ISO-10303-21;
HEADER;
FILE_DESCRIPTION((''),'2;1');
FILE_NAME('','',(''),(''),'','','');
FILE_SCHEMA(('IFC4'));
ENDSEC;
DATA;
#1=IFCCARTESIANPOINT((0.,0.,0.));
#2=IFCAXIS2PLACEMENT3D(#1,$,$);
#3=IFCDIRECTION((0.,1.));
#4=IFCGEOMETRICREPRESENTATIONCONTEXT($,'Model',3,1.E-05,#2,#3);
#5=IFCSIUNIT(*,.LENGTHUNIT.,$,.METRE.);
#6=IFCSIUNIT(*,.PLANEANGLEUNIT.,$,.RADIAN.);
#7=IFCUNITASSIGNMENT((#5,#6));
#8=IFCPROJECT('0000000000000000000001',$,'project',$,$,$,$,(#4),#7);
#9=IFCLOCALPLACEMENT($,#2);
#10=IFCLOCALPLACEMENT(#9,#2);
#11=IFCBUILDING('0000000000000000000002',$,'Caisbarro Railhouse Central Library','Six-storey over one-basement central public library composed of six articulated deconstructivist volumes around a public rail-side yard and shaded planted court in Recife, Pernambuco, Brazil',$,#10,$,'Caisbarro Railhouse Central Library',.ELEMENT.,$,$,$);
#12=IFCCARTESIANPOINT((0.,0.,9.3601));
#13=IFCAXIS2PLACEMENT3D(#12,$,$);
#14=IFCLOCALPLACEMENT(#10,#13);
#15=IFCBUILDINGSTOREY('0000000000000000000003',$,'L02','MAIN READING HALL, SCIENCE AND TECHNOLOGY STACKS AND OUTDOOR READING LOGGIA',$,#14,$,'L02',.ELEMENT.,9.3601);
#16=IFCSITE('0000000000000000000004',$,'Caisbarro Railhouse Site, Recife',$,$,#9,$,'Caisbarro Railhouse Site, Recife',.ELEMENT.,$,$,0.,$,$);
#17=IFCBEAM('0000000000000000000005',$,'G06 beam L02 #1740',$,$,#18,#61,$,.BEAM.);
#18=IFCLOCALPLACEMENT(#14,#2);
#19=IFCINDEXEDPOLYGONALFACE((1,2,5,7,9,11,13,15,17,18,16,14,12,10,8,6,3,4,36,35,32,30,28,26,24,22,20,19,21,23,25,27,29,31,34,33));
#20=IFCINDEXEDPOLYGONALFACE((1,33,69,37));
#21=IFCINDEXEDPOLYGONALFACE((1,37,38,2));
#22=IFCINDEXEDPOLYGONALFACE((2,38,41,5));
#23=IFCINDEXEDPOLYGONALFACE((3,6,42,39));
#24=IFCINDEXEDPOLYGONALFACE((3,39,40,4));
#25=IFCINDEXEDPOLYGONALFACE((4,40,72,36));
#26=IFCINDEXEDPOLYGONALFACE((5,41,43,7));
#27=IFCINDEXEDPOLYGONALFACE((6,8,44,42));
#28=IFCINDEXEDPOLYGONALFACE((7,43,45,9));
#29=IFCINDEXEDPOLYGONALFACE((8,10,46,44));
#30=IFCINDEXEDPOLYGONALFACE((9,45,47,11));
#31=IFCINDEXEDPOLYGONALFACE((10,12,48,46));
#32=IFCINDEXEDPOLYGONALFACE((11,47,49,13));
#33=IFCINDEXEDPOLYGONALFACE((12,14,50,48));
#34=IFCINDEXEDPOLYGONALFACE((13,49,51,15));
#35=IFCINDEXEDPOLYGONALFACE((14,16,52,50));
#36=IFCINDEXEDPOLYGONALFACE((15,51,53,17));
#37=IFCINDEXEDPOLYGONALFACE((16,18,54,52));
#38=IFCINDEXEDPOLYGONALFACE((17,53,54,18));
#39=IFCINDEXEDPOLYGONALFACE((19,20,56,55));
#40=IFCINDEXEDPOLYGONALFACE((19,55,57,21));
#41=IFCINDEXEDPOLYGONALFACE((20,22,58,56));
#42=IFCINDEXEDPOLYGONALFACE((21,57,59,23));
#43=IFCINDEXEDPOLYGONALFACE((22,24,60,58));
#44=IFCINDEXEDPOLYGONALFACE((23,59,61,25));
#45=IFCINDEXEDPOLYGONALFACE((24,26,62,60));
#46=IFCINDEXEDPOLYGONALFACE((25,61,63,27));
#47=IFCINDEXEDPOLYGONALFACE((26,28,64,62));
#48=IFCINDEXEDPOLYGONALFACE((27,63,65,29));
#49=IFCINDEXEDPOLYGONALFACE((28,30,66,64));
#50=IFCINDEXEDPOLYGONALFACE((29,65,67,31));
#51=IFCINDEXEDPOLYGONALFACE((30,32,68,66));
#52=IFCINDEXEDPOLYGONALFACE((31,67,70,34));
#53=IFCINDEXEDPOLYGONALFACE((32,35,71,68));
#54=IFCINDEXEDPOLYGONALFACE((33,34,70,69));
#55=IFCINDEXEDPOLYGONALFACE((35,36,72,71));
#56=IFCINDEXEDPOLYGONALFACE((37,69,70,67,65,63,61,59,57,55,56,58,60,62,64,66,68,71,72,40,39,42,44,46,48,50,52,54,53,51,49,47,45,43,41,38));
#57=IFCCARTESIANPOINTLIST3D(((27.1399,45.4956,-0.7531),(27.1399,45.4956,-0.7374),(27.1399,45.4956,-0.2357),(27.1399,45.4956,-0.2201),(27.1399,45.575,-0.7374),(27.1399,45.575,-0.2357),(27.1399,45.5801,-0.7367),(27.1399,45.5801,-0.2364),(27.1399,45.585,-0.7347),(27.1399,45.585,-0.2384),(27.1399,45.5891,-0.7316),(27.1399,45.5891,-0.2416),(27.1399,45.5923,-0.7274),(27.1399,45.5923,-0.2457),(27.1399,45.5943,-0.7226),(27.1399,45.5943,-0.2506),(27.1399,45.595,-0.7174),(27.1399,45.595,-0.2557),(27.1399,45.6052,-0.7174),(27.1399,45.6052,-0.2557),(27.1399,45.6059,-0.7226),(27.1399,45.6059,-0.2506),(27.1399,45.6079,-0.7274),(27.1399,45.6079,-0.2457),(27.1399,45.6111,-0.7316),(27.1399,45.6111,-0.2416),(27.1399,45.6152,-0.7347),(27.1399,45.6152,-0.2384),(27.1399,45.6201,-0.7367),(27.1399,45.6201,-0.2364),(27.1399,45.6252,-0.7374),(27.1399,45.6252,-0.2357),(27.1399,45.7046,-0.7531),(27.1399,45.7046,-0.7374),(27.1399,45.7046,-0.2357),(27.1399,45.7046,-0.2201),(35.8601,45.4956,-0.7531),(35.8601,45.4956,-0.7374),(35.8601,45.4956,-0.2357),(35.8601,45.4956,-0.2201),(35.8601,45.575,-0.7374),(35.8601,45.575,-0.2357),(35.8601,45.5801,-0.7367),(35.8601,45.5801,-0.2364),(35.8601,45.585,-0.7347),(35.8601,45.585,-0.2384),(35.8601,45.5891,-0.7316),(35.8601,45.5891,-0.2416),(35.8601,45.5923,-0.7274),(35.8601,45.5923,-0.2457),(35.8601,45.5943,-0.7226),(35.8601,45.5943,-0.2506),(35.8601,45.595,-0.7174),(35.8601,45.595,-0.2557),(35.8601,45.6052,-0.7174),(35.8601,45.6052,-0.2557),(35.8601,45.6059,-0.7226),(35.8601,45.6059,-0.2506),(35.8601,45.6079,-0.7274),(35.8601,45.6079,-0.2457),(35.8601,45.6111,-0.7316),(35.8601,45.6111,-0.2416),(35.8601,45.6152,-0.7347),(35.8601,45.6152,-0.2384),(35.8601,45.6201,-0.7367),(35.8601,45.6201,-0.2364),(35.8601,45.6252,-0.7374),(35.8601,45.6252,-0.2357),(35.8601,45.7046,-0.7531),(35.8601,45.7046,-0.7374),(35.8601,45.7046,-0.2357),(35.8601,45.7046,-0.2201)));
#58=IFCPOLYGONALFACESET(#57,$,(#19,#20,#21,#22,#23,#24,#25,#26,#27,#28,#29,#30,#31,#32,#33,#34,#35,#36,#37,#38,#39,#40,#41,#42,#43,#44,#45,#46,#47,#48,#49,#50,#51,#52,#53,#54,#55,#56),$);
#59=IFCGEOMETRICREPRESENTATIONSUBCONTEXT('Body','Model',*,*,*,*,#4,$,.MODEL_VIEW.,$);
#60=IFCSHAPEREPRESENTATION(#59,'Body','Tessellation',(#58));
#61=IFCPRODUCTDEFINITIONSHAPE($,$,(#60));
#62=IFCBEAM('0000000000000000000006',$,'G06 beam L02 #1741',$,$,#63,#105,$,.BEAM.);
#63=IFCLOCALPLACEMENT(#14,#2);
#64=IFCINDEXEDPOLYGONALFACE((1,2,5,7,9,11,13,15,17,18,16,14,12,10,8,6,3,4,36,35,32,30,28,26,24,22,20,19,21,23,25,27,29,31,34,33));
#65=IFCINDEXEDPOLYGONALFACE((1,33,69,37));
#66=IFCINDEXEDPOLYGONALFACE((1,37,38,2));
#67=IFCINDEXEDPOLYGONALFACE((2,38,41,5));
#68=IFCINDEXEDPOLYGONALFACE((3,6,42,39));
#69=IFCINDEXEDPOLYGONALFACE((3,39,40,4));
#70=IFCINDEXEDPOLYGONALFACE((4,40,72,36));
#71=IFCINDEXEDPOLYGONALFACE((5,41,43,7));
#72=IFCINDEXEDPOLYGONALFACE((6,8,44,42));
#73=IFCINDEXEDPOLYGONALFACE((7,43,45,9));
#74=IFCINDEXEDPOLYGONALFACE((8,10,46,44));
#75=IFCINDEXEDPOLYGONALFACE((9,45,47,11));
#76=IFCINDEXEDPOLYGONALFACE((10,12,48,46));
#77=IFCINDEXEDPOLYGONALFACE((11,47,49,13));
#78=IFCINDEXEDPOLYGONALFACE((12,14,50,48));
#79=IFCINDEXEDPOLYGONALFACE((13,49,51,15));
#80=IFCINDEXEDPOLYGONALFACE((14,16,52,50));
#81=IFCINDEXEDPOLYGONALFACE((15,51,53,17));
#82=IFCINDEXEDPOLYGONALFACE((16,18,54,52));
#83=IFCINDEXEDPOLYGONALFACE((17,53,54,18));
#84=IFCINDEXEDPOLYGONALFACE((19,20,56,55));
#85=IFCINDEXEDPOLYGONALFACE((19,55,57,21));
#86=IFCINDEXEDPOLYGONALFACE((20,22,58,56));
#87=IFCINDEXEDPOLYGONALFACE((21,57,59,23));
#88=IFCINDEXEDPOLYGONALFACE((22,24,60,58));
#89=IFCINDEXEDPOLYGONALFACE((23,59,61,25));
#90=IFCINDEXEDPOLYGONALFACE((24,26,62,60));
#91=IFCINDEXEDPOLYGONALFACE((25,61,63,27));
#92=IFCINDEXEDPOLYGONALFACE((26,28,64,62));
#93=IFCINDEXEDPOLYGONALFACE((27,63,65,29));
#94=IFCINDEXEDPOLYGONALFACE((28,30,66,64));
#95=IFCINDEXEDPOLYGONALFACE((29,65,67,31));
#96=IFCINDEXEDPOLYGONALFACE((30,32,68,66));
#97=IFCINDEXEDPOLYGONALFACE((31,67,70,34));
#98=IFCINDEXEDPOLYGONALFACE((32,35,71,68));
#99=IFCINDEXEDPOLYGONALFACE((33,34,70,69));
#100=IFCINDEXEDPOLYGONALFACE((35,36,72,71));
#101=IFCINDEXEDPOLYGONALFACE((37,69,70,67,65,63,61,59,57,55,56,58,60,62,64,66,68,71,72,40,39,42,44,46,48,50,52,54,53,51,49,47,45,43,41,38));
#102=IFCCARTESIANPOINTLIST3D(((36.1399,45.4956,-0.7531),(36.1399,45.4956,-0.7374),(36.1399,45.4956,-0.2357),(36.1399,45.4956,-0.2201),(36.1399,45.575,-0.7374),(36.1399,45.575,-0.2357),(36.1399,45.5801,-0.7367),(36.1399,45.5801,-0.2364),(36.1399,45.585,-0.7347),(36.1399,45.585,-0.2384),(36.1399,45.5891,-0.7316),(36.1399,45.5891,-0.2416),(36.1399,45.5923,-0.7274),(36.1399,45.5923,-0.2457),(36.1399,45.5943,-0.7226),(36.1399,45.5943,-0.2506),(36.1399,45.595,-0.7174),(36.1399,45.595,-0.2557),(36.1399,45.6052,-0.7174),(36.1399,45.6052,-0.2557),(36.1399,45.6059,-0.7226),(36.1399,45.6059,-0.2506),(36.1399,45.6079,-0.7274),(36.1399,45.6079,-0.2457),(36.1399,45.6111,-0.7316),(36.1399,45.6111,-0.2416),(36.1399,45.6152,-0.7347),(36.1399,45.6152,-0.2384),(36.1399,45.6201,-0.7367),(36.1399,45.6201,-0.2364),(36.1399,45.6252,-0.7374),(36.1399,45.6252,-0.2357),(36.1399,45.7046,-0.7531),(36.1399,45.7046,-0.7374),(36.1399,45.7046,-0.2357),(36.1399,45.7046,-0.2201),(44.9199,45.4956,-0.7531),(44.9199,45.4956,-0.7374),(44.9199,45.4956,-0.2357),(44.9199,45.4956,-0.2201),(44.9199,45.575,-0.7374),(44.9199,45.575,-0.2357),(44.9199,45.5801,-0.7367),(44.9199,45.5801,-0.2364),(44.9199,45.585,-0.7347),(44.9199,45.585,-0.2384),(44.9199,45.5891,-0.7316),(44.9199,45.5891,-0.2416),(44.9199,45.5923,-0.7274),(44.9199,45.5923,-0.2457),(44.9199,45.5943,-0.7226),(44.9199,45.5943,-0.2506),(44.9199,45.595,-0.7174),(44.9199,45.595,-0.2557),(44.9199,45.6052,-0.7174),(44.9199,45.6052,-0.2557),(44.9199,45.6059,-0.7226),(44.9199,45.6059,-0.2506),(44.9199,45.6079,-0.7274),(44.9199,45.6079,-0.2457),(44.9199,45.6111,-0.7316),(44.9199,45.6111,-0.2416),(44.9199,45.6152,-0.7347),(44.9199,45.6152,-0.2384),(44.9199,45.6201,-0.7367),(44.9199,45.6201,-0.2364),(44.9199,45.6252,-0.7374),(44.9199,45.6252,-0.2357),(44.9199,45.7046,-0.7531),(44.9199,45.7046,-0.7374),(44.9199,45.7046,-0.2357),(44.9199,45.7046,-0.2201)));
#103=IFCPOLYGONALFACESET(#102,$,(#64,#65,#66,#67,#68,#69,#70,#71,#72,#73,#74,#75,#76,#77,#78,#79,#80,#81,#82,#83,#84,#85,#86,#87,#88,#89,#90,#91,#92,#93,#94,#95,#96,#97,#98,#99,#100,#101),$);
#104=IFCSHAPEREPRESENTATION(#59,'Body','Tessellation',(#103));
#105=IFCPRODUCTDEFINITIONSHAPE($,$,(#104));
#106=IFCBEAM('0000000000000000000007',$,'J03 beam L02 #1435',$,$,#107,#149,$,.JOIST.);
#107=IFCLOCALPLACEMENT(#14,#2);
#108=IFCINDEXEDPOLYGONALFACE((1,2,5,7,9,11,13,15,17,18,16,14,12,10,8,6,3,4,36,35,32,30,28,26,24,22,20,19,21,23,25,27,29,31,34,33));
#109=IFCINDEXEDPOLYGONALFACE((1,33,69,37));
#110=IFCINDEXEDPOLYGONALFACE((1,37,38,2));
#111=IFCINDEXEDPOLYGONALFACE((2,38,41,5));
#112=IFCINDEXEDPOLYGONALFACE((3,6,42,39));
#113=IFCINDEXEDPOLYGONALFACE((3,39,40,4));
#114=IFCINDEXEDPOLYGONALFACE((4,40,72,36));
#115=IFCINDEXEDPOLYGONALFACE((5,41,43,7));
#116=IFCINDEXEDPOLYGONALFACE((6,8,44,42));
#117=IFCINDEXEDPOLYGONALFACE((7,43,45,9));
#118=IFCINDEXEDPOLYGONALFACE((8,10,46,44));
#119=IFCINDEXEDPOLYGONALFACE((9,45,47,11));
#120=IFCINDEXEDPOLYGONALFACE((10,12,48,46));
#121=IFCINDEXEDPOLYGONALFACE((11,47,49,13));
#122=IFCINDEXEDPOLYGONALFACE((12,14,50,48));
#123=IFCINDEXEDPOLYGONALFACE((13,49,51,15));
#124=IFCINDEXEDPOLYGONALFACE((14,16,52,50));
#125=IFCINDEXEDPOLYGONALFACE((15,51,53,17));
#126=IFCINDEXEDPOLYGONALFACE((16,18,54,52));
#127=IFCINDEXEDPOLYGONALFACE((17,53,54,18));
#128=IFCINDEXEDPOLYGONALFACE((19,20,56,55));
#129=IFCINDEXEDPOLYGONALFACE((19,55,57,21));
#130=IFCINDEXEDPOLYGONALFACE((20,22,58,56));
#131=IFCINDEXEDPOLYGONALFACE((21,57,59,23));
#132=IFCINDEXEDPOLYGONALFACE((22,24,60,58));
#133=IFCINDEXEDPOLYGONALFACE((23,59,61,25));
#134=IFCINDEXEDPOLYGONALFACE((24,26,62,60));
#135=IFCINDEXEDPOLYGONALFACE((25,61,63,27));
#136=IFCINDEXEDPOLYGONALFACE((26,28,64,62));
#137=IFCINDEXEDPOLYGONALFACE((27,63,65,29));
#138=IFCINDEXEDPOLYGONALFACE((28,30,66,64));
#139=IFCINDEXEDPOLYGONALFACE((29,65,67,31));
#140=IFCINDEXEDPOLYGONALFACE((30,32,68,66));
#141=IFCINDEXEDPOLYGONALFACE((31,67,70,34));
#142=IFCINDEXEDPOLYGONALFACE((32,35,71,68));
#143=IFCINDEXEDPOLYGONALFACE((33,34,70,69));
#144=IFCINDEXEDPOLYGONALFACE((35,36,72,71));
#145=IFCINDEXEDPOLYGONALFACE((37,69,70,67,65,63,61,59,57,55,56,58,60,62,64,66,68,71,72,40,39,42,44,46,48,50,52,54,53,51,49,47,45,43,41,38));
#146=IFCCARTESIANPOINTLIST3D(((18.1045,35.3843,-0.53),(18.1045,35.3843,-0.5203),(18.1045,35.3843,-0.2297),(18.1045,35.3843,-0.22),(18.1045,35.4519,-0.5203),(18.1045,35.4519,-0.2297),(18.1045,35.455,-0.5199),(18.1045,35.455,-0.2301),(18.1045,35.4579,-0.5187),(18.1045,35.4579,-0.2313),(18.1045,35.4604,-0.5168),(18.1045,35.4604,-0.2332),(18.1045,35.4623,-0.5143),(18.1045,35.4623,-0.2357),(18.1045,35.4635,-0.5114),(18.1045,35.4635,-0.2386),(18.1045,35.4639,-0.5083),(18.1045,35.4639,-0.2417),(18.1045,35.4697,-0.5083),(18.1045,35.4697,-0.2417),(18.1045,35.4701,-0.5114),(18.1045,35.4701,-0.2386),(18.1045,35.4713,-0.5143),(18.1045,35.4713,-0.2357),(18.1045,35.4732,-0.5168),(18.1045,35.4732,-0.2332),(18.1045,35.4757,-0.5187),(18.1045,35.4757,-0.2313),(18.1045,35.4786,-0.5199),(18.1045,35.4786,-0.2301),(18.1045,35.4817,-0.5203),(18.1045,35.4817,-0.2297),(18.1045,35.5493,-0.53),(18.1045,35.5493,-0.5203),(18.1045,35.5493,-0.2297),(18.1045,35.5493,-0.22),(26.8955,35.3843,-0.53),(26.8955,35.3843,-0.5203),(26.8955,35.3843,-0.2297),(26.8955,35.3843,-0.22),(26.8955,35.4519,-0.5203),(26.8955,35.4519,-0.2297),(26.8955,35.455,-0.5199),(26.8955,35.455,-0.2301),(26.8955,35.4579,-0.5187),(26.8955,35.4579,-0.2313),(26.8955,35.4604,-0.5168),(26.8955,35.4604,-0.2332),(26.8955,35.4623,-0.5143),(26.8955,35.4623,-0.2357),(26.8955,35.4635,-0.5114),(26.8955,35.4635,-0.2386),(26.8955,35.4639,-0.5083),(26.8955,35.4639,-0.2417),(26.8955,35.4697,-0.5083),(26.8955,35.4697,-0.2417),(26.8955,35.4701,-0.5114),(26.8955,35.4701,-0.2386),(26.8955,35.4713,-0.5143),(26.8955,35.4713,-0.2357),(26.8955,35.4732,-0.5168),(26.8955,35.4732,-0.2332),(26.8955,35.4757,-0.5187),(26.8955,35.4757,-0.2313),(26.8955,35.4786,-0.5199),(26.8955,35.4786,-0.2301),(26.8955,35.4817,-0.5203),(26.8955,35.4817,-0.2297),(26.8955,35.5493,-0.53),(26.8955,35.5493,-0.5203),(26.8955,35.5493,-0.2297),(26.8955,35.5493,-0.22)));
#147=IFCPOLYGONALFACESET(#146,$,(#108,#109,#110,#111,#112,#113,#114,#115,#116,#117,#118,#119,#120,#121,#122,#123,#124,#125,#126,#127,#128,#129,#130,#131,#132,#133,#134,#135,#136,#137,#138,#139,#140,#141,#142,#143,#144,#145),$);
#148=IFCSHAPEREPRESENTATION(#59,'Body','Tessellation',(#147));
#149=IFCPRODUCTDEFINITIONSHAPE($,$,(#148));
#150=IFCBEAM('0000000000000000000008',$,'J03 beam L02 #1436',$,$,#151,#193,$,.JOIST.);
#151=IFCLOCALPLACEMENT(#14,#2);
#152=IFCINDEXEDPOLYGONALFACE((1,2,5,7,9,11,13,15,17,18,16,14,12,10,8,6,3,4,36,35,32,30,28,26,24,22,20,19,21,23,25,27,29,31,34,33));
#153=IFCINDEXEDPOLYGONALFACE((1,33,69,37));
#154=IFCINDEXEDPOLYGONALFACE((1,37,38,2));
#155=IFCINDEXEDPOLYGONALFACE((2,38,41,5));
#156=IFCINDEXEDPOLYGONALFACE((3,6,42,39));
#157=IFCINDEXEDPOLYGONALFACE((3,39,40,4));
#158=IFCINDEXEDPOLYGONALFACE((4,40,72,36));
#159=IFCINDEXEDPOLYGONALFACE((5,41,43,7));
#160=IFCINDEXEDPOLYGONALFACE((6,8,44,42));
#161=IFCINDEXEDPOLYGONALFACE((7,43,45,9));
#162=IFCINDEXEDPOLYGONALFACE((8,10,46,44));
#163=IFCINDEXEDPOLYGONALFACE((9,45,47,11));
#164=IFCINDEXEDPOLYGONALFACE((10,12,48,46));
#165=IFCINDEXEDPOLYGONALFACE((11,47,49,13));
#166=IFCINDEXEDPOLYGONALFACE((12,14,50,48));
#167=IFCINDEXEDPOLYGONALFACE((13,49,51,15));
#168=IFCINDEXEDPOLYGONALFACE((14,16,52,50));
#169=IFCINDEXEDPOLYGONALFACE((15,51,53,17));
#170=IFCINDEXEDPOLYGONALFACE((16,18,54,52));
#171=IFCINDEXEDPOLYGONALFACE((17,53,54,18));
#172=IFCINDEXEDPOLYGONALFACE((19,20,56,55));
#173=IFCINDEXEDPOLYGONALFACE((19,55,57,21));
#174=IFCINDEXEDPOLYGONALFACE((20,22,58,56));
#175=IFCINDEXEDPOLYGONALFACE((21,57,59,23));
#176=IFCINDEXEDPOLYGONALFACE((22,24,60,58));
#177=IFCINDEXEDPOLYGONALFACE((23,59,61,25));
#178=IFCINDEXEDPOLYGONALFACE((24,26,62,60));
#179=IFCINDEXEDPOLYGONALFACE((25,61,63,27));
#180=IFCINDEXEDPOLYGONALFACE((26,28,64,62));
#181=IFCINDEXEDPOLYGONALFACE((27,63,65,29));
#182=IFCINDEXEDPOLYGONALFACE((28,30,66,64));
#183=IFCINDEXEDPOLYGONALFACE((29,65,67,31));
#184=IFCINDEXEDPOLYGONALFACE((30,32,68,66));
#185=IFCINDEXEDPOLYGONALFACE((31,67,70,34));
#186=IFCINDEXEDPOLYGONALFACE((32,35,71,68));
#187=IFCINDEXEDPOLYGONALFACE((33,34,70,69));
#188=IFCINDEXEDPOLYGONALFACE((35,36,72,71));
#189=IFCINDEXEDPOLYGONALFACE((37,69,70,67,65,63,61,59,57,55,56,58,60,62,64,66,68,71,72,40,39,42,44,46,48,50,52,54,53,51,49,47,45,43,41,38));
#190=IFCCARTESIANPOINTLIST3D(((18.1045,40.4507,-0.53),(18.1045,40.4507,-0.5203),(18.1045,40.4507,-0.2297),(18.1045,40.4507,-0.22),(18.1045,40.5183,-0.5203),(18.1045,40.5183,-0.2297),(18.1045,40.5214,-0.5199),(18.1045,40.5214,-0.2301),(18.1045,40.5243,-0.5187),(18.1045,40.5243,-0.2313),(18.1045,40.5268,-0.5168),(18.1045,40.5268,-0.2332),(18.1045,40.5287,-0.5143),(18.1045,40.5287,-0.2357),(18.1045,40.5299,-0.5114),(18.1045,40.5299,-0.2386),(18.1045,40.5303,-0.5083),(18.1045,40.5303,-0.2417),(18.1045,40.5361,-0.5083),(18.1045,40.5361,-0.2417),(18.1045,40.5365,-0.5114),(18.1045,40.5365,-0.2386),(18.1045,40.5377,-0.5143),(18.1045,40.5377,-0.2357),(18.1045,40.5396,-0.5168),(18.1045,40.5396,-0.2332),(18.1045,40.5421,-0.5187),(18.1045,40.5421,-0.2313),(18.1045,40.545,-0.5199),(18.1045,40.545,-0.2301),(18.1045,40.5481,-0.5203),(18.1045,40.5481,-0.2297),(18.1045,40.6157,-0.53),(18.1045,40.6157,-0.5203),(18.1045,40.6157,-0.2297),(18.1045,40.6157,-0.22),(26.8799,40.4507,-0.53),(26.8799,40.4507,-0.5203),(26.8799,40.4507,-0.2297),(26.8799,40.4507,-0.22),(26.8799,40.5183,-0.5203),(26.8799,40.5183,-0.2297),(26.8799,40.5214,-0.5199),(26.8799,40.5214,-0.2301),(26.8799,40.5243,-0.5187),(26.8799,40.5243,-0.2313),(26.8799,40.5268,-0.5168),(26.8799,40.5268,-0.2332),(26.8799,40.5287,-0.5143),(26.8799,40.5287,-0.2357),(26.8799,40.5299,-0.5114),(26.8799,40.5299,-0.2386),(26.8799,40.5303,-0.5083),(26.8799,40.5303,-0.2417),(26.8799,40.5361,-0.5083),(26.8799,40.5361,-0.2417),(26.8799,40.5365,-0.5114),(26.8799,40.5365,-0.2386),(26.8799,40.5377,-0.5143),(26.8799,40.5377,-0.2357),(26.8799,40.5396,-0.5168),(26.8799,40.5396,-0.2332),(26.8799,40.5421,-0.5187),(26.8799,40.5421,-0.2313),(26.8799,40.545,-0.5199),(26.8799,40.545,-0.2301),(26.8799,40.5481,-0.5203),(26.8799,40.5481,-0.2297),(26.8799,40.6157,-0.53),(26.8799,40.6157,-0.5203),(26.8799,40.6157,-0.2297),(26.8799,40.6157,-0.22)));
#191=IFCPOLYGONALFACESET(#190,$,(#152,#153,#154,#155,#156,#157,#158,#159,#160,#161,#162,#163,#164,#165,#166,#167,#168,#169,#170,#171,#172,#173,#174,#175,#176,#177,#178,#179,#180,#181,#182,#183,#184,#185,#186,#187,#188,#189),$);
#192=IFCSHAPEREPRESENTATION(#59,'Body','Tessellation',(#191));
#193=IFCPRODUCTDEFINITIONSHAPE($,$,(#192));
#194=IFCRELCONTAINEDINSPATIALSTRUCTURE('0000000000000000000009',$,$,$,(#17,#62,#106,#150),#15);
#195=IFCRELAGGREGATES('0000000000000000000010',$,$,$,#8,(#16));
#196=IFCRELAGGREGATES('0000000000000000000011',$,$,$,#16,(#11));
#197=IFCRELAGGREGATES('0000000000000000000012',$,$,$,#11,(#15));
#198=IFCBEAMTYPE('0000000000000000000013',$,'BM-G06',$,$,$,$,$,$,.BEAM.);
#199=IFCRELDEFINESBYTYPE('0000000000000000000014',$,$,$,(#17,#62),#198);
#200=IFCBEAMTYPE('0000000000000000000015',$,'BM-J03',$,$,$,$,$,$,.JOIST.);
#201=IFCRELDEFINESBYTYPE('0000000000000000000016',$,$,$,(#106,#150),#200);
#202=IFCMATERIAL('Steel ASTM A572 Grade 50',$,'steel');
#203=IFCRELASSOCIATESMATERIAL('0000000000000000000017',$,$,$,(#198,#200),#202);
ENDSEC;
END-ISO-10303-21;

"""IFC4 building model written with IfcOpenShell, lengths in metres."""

from ifc_helpers import new_model, si_unit, direction, frame, origin, origin_2d, place, context, subcontext, project, spatial, i_section, extrude, material, material_profile, profile_set, type_object, element, save


model = new_model("IFC4")

# Units and contexts
model_context = context("Model", 3, precision=1e-05, world=origin(), true_north=direction((0.0, 1.0)))
body_context = subcontext(model_context, "Body", "Model", "MODEL_VIEW")
ifc_project = project(units=[si_unit("LENGTHUNIT", "METRE"), si_unit("PLANEANGLEUNIT", "RADIAN")], contexts=[model_context])

# Site, building, storey
site_placement = place(None, origin())
site = spatial("IfcSite", under=ifc_project, at=site_placement, Name="Caisbarro Railhouse Site, Recife", LongName="Caisbarro Railhouse Site, Recife", CompositionType="ELEMENT", RefElevation=0.0)
building_placement = place(site_placement, origin())
building = spatial("IfcBuilding", under=site, at=building_placement, Name="Caisbarro Railhouse Central Library", Description="Six-storey over one-basement central public library composed of six articulated deconstructivist volumes around a public rail-side yard and shaded planted court in Recife, Pernambuco, Brazil", LongName="Caisbarro Railhouse Central Library", CompositionType="ELEMENT")
storey_placement = place(building_placement, frame((0.0, 0.0, 9.3601)))
storey = spatial("IfcBuildingStorey", under=building, at=storey_placement, Name="L02", Description="MAIN READING HALL, SCIENCE AND TECHNOLOGY STACKS AND OUTDOOR READING LOGGIA", LongName="L02", CompositionType="ELEMENT", Elevation=9.3601)

# Beams
ifc_material_1 = material(Name="Steel ASTM A572 Grade 50", Category="steel")
ifc_material_profile_1 = material_profile(ifc_material_1, i_section(OverallWidth=0.209, OverallDepth=0.533, WebThickness=0.0103, FlangeThickness=0.0156, FilletRadius=0.02, at=origin_2d()), Name="W530X92.0")
ifc_profile_set_1 = profile_set([ifc_material_profile_1], Name="Steel ASTM A572 Grade 50")
beam_type_1 = type_object("IfcBeamType", Name="BM-G06", PredefinedType="BEAM", material=ifc_profile_set_1)
beam_1_placement = place(storey_placement, frame((27.1399, 45.6001, -0.4866), z_axis=(1.0, 0.0, 0.0), x_axis=(0.0, 1.0, 0.0)))
element("IfcBeam", 1, at=beam_1_placement, inside=storey, type_object=beam_type_1, Name="G06 beam L02 #1740", PredefinedType="BEAM", context=body_context, shape_type="SweptSolid", body=[
    extrude(i_section(OverallWidth=0.209, OverallDepth=0.533, WebThickness=0.0103, FlangeThickness=0.0156, FilletRadius=0.02, at=origin_2d()), origin(), (0.0, 0.0, 1.0), 8.7202),
])
beam_2_placement = place(storey_placement, frame((36.1399, 45.6001, -0.4866), z_axis=(1.0, 0.0, 0.0), x_axis=(0.0, 1.0, 0.0)))
element("IfcBeam", 2, at=beam_2_placement, inside=storey, type_object=beam_type_1, Name="G06 beam L02 #1741", PredefinedType="BEAM", context=body_context, shape_type="SweptSolid", body=[
    extrude(i_section(OverallWidth=0.209, OverallDepth=0.533, WebThickness=0.0103, FlangeThickness=0.0156, FilletRadius=0.02, at=origin_2d()), origin(), (0.0, 0.0, 1.0), 8.78),
])
ifc_material_profile_2 = material_profile(ifc_material_1, i_section(OverallWidth=0.165, OverallDepth=0.3101, WebThickness=0.0059, FlangeThickness=0.0098, FilletRadius=0.012, at=origin_2d()), Name="W310X38.7")
ifc_profile_set_2 = profile_set([ifc_material_profile_2], Name="Steel ASTM A572 Grade 50")
beam_type_2 = type_object("IfcBeamType", Name="BM-J03", PredefinedType="JOIST", material=ifc_profile_set_2)
beam_3_placement = place(storey_placement, frame((18.1045, 35.4668, -0.375), z_axis=(1.0, 0.0, 0.0), x_axis=(0.0, 1.0, 0.0)))
element("IfcBeam", 3, at=beam_3_placement, inside=storey, type_object=beam_type_2, Name="J03 beam L02 #1435", PredefinedType="JOIST", context=body_context, shape_type="SweptSolid", body=[
    extrude(i_section(OverallWidth=0.165, OverallDepth=0.3101, WebThickness=0.0059, FlangeThickness=0.0098, FilletRadius=0.012, at=origin_2d()), origin(), (0.0, 0.0, 1.0), 8.791),
])
for number, where, z_axis, x_axis, name in (
    (4, (18.1045, 40.5332, -0.375), (1.0, 0.0, 0.0), (0.0, 1.0, 0.0), "J03 beam L02 #1436"),
):
    element("IfcBeam", number, at=place(storey_placement, frame(where, z_axis=z_axis, x_axis=x_axis)), inside=storey, type_object=beam_type_2, Name=name, PredefinedType="JOIST", context=body_context, shape_type="SweptSolid", body=[
        extrude(i_section(OverallWidth=0.165, OverallDepth=0.3101, WebThickness=0.0059, FlangeThickness=0.0098, FilletRadius=0.012, at=origin_2d()), origin(), (0.0, 0.0, 1.0), 8.7754),
    ])

save(model, "model.ifc")
